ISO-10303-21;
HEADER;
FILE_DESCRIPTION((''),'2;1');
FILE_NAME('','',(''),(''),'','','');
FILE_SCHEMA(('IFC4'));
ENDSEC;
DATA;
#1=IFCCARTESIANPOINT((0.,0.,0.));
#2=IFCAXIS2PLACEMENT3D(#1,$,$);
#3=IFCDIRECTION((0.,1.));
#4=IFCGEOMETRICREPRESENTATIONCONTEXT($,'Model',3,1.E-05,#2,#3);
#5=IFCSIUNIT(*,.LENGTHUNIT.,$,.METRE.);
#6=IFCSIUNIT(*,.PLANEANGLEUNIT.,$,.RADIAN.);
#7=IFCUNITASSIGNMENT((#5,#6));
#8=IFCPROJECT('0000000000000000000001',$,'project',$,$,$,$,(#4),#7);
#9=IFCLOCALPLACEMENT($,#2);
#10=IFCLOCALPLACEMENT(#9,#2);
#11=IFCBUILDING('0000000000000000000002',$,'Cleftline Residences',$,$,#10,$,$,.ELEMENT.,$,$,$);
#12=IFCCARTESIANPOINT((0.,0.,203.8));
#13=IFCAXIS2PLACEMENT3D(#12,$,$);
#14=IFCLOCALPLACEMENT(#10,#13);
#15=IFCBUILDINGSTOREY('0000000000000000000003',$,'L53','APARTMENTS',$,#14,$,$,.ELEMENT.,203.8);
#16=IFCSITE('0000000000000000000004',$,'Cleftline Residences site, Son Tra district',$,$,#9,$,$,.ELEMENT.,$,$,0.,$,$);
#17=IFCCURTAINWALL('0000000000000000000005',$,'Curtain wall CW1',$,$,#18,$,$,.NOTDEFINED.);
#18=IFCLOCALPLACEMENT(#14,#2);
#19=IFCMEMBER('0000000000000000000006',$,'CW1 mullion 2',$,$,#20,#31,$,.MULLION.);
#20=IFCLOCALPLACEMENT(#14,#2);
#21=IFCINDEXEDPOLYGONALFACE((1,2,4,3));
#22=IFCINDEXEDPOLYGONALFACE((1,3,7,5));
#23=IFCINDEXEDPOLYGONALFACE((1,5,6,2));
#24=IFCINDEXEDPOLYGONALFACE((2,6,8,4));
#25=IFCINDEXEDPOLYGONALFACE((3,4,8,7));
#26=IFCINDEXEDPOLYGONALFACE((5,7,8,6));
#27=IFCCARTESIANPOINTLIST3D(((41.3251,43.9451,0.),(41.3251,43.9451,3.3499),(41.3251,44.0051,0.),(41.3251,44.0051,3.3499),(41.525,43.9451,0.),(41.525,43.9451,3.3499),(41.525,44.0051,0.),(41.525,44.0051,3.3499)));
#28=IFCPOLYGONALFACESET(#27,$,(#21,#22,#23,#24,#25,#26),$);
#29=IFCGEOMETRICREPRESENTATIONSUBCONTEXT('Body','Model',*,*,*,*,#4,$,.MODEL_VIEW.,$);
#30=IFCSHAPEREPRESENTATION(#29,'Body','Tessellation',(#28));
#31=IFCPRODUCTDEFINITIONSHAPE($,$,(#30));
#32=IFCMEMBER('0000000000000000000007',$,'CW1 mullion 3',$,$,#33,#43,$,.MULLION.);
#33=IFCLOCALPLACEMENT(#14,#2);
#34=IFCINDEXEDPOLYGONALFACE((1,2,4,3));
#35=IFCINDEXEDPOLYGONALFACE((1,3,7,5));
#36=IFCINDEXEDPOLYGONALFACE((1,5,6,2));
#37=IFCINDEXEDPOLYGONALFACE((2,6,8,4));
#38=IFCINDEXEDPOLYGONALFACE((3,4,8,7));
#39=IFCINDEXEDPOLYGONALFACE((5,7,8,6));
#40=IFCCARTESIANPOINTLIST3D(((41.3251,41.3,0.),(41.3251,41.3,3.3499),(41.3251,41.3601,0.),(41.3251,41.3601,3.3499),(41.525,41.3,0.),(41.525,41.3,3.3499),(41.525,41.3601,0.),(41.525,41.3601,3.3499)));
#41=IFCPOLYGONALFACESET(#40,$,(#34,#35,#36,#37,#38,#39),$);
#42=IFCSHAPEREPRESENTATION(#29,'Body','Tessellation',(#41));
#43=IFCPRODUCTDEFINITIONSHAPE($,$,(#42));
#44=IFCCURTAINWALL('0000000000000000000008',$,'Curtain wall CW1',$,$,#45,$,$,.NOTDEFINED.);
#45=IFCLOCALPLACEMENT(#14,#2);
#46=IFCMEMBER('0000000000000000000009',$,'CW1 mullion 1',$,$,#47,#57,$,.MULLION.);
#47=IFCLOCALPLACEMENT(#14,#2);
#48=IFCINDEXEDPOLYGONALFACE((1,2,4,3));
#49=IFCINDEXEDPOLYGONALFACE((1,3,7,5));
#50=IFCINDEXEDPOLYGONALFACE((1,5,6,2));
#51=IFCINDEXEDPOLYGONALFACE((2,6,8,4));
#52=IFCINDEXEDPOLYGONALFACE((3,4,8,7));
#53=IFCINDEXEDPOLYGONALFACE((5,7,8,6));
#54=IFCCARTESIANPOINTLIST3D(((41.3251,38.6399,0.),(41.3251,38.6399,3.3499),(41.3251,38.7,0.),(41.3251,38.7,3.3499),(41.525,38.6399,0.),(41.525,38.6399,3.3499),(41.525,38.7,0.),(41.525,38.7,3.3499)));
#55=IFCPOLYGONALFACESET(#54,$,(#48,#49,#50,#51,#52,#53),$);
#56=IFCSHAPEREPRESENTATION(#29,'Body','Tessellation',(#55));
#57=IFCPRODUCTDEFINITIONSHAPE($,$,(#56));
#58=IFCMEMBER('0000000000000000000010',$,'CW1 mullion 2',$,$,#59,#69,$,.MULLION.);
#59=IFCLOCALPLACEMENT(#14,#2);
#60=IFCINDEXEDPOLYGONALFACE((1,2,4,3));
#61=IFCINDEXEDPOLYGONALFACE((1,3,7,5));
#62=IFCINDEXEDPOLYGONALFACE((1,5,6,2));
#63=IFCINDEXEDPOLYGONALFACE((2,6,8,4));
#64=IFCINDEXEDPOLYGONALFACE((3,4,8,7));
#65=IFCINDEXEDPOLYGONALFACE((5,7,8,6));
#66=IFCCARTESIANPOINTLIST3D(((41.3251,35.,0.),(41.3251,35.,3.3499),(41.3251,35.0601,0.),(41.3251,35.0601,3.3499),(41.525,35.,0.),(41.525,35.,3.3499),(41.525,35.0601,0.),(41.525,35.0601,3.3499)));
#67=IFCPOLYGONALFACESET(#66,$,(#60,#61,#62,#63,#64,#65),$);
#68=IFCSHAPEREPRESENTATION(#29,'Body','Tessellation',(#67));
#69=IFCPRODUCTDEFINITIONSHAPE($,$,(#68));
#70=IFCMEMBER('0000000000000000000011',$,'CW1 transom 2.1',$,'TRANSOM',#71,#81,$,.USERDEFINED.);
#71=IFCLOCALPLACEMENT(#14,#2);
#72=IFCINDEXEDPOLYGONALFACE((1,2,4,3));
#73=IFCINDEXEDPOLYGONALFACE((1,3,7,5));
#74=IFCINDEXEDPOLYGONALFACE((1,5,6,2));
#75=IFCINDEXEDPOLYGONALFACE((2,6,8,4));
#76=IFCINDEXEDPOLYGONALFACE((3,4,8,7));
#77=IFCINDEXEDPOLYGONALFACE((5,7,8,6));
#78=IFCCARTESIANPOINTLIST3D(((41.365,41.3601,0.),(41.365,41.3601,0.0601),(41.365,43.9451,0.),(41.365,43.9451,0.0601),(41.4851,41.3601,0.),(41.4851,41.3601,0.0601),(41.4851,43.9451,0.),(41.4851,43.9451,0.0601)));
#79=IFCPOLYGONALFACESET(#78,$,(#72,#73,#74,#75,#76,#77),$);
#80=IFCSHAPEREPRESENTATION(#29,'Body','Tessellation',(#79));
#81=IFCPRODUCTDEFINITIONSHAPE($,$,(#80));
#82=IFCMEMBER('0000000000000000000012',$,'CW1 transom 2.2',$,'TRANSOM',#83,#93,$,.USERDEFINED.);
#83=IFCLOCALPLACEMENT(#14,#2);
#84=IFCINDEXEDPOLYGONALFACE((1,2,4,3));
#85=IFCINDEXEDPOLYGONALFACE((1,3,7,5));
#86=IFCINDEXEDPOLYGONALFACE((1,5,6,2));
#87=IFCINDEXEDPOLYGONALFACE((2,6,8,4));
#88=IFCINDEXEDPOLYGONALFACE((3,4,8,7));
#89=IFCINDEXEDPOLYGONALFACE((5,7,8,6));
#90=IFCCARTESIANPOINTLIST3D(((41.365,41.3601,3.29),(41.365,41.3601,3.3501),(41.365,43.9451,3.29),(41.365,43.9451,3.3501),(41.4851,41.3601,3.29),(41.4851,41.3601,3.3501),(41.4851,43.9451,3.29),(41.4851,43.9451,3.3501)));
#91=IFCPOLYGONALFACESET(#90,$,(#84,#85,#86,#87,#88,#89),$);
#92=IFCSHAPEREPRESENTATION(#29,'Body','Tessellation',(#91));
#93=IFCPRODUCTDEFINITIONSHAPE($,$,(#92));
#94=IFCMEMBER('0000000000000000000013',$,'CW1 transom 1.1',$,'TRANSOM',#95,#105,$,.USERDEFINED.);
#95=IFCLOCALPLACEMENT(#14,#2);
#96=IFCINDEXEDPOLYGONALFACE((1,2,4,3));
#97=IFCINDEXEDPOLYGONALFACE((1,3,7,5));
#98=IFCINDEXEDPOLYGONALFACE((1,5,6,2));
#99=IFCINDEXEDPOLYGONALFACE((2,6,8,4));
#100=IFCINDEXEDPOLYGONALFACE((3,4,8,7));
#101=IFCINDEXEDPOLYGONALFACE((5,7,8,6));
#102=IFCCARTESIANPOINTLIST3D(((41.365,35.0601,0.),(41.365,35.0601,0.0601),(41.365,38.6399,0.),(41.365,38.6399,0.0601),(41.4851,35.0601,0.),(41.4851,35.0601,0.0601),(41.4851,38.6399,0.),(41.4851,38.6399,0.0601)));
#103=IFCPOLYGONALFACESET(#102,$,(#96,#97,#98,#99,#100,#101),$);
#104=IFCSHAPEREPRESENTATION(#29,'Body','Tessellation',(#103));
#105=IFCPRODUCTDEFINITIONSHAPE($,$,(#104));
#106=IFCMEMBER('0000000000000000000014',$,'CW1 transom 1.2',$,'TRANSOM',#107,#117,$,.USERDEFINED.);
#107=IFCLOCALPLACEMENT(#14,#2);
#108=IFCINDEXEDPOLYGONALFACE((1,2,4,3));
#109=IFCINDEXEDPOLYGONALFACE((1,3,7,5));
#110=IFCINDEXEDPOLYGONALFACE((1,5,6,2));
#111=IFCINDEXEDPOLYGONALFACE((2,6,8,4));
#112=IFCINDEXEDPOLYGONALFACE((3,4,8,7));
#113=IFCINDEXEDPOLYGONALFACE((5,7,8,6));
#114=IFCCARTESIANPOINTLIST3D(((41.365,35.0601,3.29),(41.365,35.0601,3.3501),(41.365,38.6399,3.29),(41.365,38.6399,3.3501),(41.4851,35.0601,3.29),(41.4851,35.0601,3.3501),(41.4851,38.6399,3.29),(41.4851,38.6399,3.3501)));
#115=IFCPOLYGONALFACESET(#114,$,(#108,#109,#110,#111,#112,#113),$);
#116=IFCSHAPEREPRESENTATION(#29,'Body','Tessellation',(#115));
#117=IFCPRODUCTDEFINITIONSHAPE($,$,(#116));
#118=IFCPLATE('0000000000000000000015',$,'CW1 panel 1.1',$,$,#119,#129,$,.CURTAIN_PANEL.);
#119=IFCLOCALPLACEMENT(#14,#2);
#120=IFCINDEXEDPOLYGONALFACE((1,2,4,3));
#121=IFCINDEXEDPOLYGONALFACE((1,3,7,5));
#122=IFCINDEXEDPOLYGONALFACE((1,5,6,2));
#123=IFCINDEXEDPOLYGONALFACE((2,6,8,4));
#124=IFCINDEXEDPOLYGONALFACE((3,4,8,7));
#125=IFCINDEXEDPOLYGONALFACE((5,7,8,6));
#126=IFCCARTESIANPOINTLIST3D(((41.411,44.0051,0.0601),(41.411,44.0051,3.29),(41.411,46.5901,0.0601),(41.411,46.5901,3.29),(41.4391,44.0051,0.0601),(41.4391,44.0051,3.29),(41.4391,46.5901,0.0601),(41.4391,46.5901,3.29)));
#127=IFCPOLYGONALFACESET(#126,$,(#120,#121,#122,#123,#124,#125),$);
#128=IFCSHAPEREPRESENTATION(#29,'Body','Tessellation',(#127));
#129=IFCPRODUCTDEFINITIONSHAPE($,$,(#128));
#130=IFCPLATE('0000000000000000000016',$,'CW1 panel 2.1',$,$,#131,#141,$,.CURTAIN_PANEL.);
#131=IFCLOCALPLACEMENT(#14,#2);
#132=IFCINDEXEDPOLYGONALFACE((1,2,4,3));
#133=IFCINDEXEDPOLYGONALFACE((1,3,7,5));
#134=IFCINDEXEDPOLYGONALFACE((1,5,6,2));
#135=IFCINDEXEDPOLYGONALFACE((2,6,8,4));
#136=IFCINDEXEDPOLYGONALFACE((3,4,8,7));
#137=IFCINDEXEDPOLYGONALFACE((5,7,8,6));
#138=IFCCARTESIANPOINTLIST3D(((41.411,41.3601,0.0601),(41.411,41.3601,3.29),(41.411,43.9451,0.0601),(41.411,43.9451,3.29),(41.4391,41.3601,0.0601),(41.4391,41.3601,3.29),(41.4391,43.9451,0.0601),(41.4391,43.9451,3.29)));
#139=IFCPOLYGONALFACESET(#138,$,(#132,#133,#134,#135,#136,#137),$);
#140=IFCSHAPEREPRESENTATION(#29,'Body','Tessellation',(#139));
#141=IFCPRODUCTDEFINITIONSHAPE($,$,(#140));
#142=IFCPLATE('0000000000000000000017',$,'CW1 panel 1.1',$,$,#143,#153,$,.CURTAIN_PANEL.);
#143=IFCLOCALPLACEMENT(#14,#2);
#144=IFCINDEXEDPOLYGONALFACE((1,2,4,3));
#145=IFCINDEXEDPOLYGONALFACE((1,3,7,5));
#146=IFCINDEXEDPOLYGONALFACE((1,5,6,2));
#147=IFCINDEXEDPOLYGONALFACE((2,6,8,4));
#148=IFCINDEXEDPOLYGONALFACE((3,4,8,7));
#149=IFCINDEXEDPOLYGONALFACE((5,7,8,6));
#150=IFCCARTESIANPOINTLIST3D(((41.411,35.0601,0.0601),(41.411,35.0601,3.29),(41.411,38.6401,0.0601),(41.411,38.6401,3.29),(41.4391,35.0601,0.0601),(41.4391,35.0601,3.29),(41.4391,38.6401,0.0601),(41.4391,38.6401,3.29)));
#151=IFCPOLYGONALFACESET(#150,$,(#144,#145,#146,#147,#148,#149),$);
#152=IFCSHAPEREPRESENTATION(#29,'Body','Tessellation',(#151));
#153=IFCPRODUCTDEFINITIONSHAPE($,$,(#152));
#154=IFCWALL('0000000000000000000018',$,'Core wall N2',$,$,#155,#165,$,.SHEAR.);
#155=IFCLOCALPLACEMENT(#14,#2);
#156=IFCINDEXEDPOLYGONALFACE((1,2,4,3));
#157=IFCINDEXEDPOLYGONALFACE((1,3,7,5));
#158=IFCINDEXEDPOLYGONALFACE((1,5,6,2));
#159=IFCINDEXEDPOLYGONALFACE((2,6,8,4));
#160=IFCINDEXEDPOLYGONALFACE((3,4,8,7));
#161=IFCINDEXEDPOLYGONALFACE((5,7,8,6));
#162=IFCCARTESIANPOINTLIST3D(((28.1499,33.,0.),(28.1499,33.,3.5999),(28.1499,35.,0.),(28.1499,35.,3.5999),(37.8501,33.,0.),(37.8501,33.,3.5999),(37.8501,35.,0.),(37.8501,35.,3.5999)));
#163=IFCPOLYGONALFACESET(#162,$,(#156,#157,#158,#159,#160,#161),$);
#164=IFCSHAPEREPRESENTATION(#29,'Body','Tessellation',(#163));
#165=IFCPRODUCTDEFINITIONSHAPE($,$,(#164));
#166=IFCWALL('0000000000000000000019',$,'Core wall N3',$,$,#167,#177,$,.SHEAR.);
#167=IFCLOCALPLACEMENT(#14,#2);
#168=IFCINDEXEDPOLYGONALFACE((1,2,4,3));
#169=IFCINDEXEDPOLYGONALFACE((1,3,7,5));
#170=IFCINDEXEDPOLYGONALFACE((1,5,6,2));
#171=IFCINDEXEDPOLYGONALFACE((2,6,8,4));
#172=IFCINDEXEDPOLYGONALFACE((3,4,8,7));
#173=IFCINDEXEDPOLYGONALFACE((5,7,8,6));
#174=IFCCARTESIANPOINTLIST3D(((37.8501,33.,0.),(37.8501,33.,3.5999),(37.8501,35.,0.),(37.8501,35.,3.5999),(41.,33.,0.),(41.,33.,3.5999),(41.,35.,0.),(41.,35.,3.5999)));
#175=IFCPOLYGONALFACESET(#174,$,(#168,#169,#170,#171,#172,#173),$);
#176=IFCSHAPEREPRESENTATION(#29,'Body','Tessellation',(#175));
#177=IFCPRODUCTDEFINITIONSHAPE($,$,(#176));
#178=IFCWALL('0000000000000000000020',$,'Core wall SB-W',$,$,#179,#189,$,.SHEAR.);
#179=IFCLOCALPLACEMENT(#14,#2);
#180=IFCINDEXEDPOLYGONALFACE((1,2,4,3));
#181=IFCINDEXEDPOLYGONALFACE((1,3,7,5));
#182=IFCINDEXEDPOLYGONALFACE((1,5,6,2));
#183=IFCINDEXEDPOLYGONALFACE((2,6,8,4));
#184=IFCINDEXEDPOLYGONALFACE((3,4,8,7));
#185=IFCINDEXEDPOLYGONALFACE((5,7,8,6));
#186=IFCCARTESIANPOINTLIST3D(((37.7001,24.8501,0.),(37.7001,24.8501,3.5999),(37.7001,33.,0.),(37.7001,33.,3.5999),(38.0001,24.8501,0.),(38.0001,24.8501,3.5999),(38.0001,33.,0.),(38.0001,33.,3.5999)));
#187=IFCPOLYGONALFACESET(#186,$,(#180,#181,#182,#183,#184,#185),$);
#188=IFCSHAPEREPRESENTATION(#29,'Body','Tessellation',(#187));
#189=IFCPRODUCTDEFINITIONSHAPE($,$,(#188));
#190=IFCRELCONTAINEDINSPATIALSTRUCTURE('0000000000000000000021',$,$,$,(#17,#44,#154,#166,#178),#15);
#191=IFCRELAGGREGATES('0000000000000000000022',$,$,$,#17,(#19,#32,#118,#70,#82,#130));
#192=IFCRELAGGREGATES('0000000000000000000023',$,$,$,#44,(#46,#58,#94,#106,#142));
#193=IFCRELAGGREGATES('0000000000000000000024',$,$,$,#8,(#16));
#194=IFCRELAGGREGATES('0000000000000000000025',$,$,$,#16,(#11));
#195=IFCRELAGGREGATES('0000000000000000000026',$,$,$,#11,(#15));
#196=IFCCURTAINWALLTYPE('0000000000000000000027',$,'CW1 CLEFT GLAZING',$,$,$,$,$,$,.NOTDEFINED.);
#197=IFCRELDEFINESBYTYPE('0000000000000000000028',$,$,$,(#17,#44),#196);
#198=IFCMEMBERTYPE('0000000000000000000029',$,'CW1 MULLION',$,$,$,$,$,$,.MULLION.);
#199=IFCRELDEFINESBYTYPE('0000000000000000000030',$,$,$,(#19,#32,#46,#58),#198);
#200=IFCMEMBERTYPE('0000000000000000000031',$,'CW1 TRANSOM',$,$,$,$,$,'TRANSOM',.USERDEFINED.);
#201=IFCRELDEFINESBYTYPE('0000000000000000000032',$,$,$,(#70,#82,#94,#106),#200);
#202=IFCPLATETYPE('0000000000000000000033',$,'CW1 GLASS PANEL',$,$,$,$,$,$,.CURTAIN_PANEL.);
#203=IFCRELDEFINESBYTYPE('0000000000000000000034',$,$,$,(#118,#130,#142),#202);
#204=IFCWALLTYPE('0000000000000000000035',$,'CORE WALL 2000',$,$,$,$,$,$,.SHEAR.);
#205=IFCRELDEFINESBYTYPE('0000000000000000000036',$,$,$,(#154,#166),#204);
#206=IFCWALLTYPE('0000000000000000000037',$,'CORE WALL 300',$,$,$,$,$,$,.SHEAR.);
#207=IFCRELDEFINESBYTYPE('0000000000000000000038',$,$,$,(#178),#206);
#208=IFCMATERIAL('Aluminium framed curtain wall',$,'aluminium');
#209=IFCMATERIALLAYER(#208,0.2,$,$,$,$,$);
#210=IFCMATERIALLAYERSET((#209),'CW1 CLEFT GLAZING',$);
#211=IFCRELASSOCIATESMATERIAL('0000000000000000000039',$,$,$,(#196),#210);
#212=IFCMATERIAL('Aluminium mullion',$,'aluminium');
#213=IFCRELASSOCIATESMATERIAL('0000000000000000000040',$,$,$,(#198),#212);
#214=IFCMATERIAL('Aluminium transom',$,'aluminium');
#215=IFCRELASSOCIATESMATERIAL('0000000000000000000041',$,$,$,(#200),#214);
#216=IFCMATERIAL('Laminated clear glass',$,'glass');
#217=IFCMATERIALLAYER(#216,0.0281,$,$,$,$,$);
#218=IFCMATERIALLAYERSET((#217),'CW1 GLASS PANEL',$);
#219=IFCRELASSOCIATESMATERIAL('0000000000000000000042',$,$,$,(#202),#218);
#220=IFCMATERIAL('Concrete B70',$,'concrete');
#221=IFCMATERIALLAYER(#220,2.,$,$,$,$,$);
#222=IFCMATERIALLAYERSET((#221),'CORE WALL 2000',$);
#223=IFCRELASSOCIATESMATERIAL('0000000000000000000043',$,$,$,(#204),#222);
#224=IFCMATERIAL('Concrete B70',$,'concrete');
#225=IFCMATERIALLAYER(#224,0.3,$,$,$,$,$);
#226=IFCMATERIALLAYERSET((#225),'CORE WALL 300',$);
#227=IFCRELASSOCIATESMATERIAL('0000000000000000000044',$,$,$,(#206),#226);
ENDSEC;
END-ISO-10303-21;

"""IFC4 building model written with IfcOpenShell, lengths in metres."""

from ifc_helpers import new_model, si_unit, direction, frame, frame_2d, origin, origin_2d, place, context, subcontext, project, spatial, rectangle, extrude, material, layer, layer_set, material_profile, profile_set, type_object, element, aggregate, save


model = new_model("IFC4")

# Units and contexts
model_context = context("Model", 3, precision=1e-05, world=origin(), true_north=direction((0.0, 1.0)))
body_context = subcontext(model_context, "Body", "Model", "MODEL_VIEW")
ifc_project = project(units=[si_unit("LENGTHUNIT", "METRE"), si_unit("PLANEANGLEUNIT", "RADIAN")], contexts=[model_context])

# Site, building, storey
site_placement = place(None, origin())
site = spatial("IfcSite", under=ifc_project, at=site_placement, Name="Cleftline Residences site, Son Tra district", CompositionType="ELEMENT", RefElevation=0.0)
building_placement = place(site_placement, origin())
building = spatial("IfcBuilding", under=site, at=building_placement, Name="Cleftline Residences", CompositionType="ELEMENT")
storey_placement = place(building_placement, frame((0.0, 0.0, 203.8)))
storey = spatial("IfcBuildingStorey", under=building, at=storey_placement, Name="L53", Description="APARTMENTS", CompositionType="ELEMENT", Elevation=203.8)

# Curtain walls, members
ifc_material_1 = material(Name="Aluminium framed curtain wall", Category="aluminium")
ifc_layer_1 = layer(ifc_material_1, 0.2)
ifc_layer_set_1 = layer_set([ifc_layer_1], Name="CW1 CLEFT GLAZING")
curtain_wall_type = type_object("IfcCurtainWallType", Name="CW1 CLEFT GLAZING", PredefinedType="NOTDEFINED", material=ifc_layer_set_1)
curtain_wall_1_placement = place(storey_placement, origin())
curtain_wall_1 = element("IfcCurtainWall", 1, at=curtain_wall_1_placement, inside=storey, type_object=curtain_wall_type, Name="Curtain wall CW1", PredefinedType="NOTDEFINED")
ifc_material_2 = material(Name="Aluminium mullion", Category="aluminium")
ifc_material_profile_1 = material_profile(ifc_material_2, rectangle(XDim=0.2, YDim=0.0601, at=origin_2d()))
ifc_profile_set_1 = profile_set([ifc_material_profile_1], Name="Aluminium mullion")
member_type_1 = type_object("IfcMemberType", Name="CW1 MULLION", PredefinedType="MULLION", material=ifc_profile_set_1)
member_1_placement = place(storey_placement, frame((41.425, 43.9751, 0.0), z_axis=(0.0, 0.0, 1.0), x_axis=(1.0, 0.0, 0.0)))
member_1 = element("IfcMember", 2, at=member_1_placement, type_object=member_type_1, Name="CW1 mullion 2", PredefinedType="MULLION", context=body_context, shape_type="SweptSolid", body=[
    extrude(rectangle(XDim=0.2, YDim=0.0601, at=origin_2d()), origin(), (0.0, 0.0, 1.0), 3.3499),
])
member_2_placement = place(storey_placement, frame((41.425, 41.3301, 0.0), z_axis=(0.0, 0.0, 1.0), x_axis=(1.0, 0.0, 0.0)))
member_2 = element("IfcMember", 3, at=member_2_placement, type_object=member_type_1, Name="CW1 mullion 3", PredefinedType="MULLION", context=body_context, shape_type="SweptSolid", body=[
    extrude(rectangle(XDim=0.2, YDim=0.0601, at=origin_2d()), origin(), (0.0, 0.0, 1.0), 3.3499),
])
curtain_wall_2_placement = place(storey_placement, origin())
curtain_wall_2 = element("IfcCurtainWall", 4, at=curtain_wall_2_placement, inside=storey, type_object=curtain_wall_type, Name="Curtain wall CW1", PredefinedType="NOTDEFINED")
member_3_placement = place(storey_placement, frame((41.425, 38.6699, 0.0), z_axis=(0.0, 0.0, 1.0), x_axis=(1.0, 0.0, 0.0)))
member_3 = element("IfcMember", 5, at=member_3_placement, type_object=member_type_1, Name="CW1 mullion 1", PredefinedType="MULLION", context=body_context, shape_type="SweptSolid", body=[
    extrude(rectangle(XDim=0.2, YDim=0.0601, at=origin_2d()), origin(), (0.0, 0.0, 1.0), 3.3499),
])
member_4_placement = place(storey_placement, frame((41.425, 35.03, 0.0), z_axis=(0.0, 0.0, 1.0), x_axis=(1.0, 0.0, 0.0)))
member_4 = element("IfcMember", 6, at=member_4_placement, type_object=member_type_1, Name="CW1 mullion 2", PredefinedType="MULLION", context=body_context, shape_type="SweptSolid", body=[
    extrude(rectangle(XDim=0.2, YDim=0.0601, at=origin_2d()), origin(), (0.0, 0.0, 1.0), 3.3499),
])

# Members
ifc_material_3 = material(Name="Aluminium transom", Category="aluminium")
ifc_material_profile_2 = material_profile(ifc_material_3, rectangle(XDim=0.1201, YDim=0.0601, at=origin_2d()))
ifc_profile_set_2 = profile_set([ifc_material_profile_2], Name="Aluminium transom")
member_type_2 = type_object("IfcMemberType", Name="CW1 TRANSOM", ElementType="TRANSOM", PredefinedType="USERDEFINED", material=ifc_profile_set_2)
member_5_placement = place(storey_placement, frame((41.425, 43.9451, 0.03), z_axis=(0.0, -1.0, 0.0), x_axis=(1.0, 0.0, 0.0)))
member_5 = element("IfcMember", 7, at=member_5_placement, type_object=member_type_2, Name="CW1 transom 2.1", ObjectType="TRANSOM", PredefinedType="USERDEFINED", context=body_context, shape_type="SweptSolid", body=[
    extrude(rectangle(XDim=0.1201, YDim=0.0601, at=origin_2d()), origin(), (0.0, 0.0, 1.0), 2.585),
])
member_6_placement = place(storey_placement, frame((41.425, 43.9451, 3.3201), z_axis=(0.0, -1.0, 0.0), x_axis=(1.0, 0.0, 0.0)))
member_6 = element("IfcMember", 8, at=member_6_placement, type_object=member_type_2, Name="CW1 transom 2.2", ObjectType="TRANSOM", PredefinedType="USERDEFINED", context=body_context, shape_type="SweptSolid", body=[
    extrude(rectangle(XDim=0.1201, YDim=0.0601, at=origin_2d()), origin(), (0.0, 0.0, 1.0), 2.585),
])
member_7_placement = place(storey_placement, frame((41.425, 38.6399, 0.03), z_axis=(0.0, -1.0, 0.0), x_axis=(1.0, 0.0, 0.0)))
member_7 = element("IfcMember", 9, at=member_7_placement, type_object=member_type_2, Name="CW1 transom 1.1", ObjectType="TRANSOM", PredefinedType="USERDEFINED", context=body_context, shape_type="SweptSolid", body=[
    extrude(rectangle(XDim=0.1201, YDim=0.0601, at=origin_2d()), origin(), (0.0, 0.0, 1.0), 3.5798),
])
member_8_placement = place(storey_placement, frame((41.425, 38.6399, 3.3201), z_axis=(0.0, -1.0, 0.0), x_axis=(1.0, 0.0, 0.0)))
member_8 = element("IfcMember", 10, at=member_8_placement, type_object=member_type_2, Name="CW1 transom 1.2", ObjectType="TRANSOM", PredefinedType="USERDEFINED", context=body_context, shape_type="SweptSolid", body=[
    extrude(rectangle(XDim=0.1201, YDim=0.0601, at=origin_2d()), origin(), (0.0, 0.0, 1.0), 3.5798),
])

# Plates
ifc_material_4 = material(Name="Laminated clear glass", Category="glass")
ifc_layer_2 = layer(ifc_material_4, 0.0281)
ifc_layer_set_2 = layer_set([ifc_layer_2], Name="CW1 GLASS PANEL")
plate_type = type_object("IfcPlateType", Name="CW1 GLASS PANEL", PredefinedType="CURTAIN_PANEL", material=ifc_layer_set_2)
plate_1_placement = place(storey_placement, frame((41.425, 45.2976, 0.0601), z_axis=(0.0, 0.0, 1.0), x_axis=(0.0, -1.0, 0.0)))
plate_1 = element("IfcPlate", 11, at=plate_1_placement, type_object=plate_type, Name="CW1 panel 1.1", PredefinedType="CURTAIN_PANEL", context=body_context, shape_type="SweptSolid", body=[
    extrude(rectangle(XDim=2.585, YDim=0.0281, at=origin_2d()), origin(), (0.0, 0.0, 1.0), 3.23),
])
plate_2_placement = place(storey_placement, frame((41.425, 42.6526, 0.0601), z_axis=(0.0, 0.0, 1.0), x_axis=(0.0, -1.0, 0.0)))
plate_2 = element("IfcPlate", 12, at=plate_2_placement, type_object=plate_type, Name="CW1 panel 2.1", PredefinedType="CURTAIN_PANEL", context=body_context, shape_type="SweptSolid", body=[
    extrude(rectangle(XDim=2.585, YDim=0.0281, at=origin_2d()), origin(), (0.0, 0.0, 1.0), 3.23),
])
aggregate(curtain_wall_1, [member_1, member_2, plate_1, member_5, member_6, plate_2])
plate_3_placement = place(storey_placement, frame((41.425, 36.8501, 0.0601), z_axis=(0.0, 0.0, 1.0), x_axis=(0.0, -1.0, 0.0)))
plate_3 = element("IfcPlate", 13, at=plate_3_placement, type_object=plate_type, Name="CW1 panel 1.1", PredefinedType="CURTAIN_PANEL", context=body_context, shape_type="SweptSolid", body=[
    extrude(rectangle(XDim=3.5801, YDim=0.0281, at=origin_2d()), origin(), (0.0, 0.0, 1.0), 3.23),
])
aggregate(curtain_wall_2, [member_3, member_4, member_7, member_8, plate_3])

# Walls
ifc_material_5 = material(Name="Concrete B70", Category="concrete")
ifc_layer_3 = layer(ifc_material_5, 2.0)
ifc_layer_set_3 = layer_set([ifc_layer_3], Name="CORE WALL 2000")
wall_type_1 = type_object("IfcWallType", Name="CORE WALL 2000", PredefinedType="SHEAR", material=ifc_layer_set_3)
wall_1_placement = place(storey_placement, frame((28.1499, 34.0, 0.0), z_axis=(0.0, 0.0, 1.0), x_axis=(1.0, 0.0, 0.0)))
element("IfcWall", 14, at=wall_1_placement, inside=storey, type_object=wall_type_1, Name="Core wall N2", PredefinedType="SHEAR", context=body_context, shape_type="SweptSolid", body=[
    extrude(rectangle(XDim=9.7002, YDim=2.0, at=frame_2d((4.8501, 0.0))), origin(), (0.0, 0.0, 1.0), 3.5999),
])
wall_2_placement = place(storey_placement, frame((37.8501, 34.0, 0.0), z_axis=(0.0, 0.0, 1.0), x_axis=(1.0, 0.0, 0.0)))
element("IfcWall", 15, at=wall_2_placement, inside=storey, type_object=wall_type_1, Name="Core wall N3", PredefinedType="SHEAR", context=body_context, shape_type="SweptSolid", body=[
    extrude(rectangle(XDim=3.1499, YDim=2.0, at=frame_2d((1.575, 0.0))), origin(), (0.0, 0.0, 1.0), 3.5999),
])
ifc_material_6 = material(Name="Concrete B70", Category="concrete")
ifc_layer_4 = layer(ifc_material_6, 0.3)
ifc_layer_set_4 = layer_set([ifc_layer_4], Name="CORE WALL 300")
wall_type_2 = type_object("IfcWallType", Name="CORE WALL 300", PredefinedType="SHEAR", material=ifc_layer_set_4)
wall_3_placement = place(storey_placement, frame((37.8501, 24.8501, 0.0), z_axis=(0.0, 0.0, 1.0), x_axis=(0.0, 1.0, 0.0)))
element("IfcWall", 16, at=wall_3_placement, inside=storey, type_object=wall_type_2, Name="Core wall SB-W", PredefinedType="SHEAR", context=body_context, shape_type="SweptSolid", body=[
    extrude(rectangle(XDim=8.1499, YDim=0.3, at=frame_2d((4.075, 0.0))), origin(), (0.0, 0.0, 1.0), 3.5999),
])

save(model, "model.ifc")
